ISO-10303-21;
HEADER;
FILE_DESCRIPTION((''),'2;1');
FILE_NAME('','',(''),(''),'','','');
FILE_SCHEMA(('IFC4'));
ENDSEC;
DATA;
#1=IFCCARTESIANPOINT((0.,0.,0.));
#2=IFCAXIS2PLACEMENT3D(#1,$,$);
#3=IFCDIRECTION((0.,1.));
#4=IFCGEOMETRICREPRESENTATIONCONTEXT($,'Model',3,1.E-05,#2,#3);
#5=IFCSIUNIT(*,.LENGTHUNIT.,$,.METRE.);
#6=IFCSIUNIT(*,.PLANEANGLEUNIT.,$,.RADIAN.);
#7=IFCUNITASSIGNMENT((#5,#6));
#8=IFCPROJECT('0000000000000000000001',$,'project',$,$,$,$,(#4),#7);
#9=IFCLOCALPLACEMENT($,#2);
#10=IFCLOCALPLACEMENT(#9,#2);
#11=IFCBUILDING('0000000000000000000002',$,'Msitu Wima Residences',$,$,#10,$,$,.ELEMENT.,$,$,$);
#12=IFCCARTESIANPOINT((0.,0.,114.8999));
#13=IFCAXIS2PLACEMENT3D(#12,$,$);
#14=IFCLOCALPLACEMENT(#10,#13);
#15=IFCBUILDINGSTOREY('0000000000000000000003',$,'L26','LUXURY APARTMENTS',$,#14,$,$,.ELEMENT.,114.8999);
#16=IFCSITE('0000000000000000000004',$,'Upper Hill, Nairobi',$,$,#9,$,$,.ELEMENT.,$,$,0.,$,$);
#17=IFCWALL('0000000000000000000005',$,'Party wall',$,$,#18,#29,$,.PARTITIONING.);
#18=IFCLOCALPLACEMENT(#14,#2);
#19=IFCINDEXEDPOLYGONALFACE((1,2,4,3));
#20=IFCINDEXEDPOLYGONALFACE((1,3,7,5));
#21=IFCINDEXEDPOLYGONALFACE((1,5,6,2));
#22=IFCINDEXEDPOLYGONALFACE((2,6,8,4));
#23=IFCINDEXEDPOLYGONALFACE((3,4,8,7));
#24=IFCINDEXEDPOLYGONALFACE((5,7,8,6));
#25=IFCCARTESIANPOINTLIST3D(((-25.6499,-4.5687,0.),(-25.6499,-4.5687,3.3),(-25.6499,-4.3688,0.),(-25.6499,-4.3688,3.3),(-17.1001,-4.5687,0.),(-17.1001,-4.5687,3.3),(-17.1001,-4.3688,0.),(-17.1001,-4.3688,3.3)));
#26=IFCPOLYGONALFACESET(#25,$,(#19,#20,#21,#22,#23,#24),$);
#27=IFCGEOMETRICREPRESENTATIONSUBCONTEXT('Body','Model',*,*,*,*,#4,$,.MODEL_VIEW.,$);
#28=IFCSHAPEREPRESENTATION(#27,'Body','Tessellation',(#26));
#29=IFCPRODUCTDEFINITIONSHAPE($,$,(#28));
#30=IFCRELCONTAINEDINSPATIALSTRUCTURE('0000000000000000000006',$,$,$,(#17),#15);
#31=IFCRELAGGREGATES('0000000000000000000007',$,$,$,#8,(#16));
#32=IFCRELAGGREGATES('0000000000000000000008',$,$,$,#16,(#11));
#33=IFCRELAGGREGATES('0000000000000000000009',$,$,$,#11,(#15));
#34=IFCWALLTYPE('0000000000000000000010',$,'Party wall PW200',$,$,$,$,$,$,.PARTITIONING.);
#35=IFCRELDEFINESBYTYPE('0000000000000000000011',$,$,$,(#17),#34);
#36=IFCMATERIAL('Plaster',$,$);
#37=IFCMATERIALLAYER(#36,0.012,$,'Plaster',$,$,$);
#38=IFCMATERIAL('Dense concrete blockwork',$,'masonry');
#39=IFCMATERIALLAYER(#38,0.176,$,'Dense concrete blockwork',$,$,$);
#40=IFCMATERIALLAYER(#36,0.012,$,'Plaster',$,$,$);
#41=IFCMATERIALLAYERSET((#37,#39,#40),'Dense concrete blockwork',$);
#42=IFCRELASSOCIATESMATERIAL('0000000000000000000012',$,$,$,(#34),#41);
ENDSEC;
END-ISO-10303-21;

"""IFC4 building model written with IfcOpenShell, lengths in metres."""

from ifc_helpers import new_model, si_unit, direction, frame, frame_2d, origin, place, context, subcontext, project, spatial, rectangle, extrude, material, layer, layer_set, type_object, element, save


model = new_model("IFC4")

# Units and contexts
model_context = context("Model", 3, precision=1e-05, world=origin(), true_north=direction((0.0, 1.0)))
body_context = subcontext(model_context, "Body", "Model", "MODEL_VIEW")
ifc_project = project(units=[si_unit("LENGTHUNIT", "METRE"), si_unit("PLANEANGLEUNIT", "RADIAN")], contexts=[model_context])

# Site, building, storey
site_placement = place(None, origin())
site = spatial("IfcSite", under=ifc_project, at=site_placement, Name="Upper Hill, Nairobi", CompositionType="ELEMENT", RefElevation=0.0)
building_placement = place(site_placement, origin())
building = spatial("IfcBuilding", under=site, at=building_placement, Name="Msitu Wima Residences", CompositionType="ELEMENT")
storey_placement = place(building_placement, frame((0.0, 0.0, 114.8999)))
storey = spatial("IfcBuildingStorey", under=building, at=storey_placement, Name="L26", Description="LUXURY APARTMENTS", CompositionType="ELEMENT", Elevation=114.8999)

# Wall
ifc_material_1 = material(Name="Plaster")
ifc_layer_1 = layer(ifc_material_1, 0.012, Name="Plaster")
ifc_material_2 = material(Name="Dense concrete blockwork", Category="masonry")
ifc_layer_2 = layer(ifc_material_2, 0.176, Name="Dense concrete blockwork")
ifc_layer_3 = layer(ifc_material_1, 0.012, Name="Plaster")
ifc_layer_set_1 = layer_set([ifc_layer_1, ifc_layer_2, ifc_layer_3], Name="Dense concrete blockwork")
wall_type_1 = type_object("IfcWallType", Name="Party wall PW200", PredefinedType="PARTITIONING", material=ifc_layer_set_1)
wall_1_placement = place(storey_placement, frame((-25.6499, -4.4688, 0.0), z_axis=(0.0, 0.0, 1.0), x_axis=(1.0, 0.0, 0.0)))
element("IfcWall", 1, at=wall_1_placement, inside=storey, type_object=wall_type_1, Name="Party wall", PredefinedType="PARTITIONING", context=body_context, shape_type="SweptSolid", body=[
    extrude(rectangle(XDim=8.5498, YDim=0.2, at=frame_2d((4.2749, 0.0))), origin(), (0.0, 0.0, 1.0), 3.3),
])

save(model, "model.ifc")
